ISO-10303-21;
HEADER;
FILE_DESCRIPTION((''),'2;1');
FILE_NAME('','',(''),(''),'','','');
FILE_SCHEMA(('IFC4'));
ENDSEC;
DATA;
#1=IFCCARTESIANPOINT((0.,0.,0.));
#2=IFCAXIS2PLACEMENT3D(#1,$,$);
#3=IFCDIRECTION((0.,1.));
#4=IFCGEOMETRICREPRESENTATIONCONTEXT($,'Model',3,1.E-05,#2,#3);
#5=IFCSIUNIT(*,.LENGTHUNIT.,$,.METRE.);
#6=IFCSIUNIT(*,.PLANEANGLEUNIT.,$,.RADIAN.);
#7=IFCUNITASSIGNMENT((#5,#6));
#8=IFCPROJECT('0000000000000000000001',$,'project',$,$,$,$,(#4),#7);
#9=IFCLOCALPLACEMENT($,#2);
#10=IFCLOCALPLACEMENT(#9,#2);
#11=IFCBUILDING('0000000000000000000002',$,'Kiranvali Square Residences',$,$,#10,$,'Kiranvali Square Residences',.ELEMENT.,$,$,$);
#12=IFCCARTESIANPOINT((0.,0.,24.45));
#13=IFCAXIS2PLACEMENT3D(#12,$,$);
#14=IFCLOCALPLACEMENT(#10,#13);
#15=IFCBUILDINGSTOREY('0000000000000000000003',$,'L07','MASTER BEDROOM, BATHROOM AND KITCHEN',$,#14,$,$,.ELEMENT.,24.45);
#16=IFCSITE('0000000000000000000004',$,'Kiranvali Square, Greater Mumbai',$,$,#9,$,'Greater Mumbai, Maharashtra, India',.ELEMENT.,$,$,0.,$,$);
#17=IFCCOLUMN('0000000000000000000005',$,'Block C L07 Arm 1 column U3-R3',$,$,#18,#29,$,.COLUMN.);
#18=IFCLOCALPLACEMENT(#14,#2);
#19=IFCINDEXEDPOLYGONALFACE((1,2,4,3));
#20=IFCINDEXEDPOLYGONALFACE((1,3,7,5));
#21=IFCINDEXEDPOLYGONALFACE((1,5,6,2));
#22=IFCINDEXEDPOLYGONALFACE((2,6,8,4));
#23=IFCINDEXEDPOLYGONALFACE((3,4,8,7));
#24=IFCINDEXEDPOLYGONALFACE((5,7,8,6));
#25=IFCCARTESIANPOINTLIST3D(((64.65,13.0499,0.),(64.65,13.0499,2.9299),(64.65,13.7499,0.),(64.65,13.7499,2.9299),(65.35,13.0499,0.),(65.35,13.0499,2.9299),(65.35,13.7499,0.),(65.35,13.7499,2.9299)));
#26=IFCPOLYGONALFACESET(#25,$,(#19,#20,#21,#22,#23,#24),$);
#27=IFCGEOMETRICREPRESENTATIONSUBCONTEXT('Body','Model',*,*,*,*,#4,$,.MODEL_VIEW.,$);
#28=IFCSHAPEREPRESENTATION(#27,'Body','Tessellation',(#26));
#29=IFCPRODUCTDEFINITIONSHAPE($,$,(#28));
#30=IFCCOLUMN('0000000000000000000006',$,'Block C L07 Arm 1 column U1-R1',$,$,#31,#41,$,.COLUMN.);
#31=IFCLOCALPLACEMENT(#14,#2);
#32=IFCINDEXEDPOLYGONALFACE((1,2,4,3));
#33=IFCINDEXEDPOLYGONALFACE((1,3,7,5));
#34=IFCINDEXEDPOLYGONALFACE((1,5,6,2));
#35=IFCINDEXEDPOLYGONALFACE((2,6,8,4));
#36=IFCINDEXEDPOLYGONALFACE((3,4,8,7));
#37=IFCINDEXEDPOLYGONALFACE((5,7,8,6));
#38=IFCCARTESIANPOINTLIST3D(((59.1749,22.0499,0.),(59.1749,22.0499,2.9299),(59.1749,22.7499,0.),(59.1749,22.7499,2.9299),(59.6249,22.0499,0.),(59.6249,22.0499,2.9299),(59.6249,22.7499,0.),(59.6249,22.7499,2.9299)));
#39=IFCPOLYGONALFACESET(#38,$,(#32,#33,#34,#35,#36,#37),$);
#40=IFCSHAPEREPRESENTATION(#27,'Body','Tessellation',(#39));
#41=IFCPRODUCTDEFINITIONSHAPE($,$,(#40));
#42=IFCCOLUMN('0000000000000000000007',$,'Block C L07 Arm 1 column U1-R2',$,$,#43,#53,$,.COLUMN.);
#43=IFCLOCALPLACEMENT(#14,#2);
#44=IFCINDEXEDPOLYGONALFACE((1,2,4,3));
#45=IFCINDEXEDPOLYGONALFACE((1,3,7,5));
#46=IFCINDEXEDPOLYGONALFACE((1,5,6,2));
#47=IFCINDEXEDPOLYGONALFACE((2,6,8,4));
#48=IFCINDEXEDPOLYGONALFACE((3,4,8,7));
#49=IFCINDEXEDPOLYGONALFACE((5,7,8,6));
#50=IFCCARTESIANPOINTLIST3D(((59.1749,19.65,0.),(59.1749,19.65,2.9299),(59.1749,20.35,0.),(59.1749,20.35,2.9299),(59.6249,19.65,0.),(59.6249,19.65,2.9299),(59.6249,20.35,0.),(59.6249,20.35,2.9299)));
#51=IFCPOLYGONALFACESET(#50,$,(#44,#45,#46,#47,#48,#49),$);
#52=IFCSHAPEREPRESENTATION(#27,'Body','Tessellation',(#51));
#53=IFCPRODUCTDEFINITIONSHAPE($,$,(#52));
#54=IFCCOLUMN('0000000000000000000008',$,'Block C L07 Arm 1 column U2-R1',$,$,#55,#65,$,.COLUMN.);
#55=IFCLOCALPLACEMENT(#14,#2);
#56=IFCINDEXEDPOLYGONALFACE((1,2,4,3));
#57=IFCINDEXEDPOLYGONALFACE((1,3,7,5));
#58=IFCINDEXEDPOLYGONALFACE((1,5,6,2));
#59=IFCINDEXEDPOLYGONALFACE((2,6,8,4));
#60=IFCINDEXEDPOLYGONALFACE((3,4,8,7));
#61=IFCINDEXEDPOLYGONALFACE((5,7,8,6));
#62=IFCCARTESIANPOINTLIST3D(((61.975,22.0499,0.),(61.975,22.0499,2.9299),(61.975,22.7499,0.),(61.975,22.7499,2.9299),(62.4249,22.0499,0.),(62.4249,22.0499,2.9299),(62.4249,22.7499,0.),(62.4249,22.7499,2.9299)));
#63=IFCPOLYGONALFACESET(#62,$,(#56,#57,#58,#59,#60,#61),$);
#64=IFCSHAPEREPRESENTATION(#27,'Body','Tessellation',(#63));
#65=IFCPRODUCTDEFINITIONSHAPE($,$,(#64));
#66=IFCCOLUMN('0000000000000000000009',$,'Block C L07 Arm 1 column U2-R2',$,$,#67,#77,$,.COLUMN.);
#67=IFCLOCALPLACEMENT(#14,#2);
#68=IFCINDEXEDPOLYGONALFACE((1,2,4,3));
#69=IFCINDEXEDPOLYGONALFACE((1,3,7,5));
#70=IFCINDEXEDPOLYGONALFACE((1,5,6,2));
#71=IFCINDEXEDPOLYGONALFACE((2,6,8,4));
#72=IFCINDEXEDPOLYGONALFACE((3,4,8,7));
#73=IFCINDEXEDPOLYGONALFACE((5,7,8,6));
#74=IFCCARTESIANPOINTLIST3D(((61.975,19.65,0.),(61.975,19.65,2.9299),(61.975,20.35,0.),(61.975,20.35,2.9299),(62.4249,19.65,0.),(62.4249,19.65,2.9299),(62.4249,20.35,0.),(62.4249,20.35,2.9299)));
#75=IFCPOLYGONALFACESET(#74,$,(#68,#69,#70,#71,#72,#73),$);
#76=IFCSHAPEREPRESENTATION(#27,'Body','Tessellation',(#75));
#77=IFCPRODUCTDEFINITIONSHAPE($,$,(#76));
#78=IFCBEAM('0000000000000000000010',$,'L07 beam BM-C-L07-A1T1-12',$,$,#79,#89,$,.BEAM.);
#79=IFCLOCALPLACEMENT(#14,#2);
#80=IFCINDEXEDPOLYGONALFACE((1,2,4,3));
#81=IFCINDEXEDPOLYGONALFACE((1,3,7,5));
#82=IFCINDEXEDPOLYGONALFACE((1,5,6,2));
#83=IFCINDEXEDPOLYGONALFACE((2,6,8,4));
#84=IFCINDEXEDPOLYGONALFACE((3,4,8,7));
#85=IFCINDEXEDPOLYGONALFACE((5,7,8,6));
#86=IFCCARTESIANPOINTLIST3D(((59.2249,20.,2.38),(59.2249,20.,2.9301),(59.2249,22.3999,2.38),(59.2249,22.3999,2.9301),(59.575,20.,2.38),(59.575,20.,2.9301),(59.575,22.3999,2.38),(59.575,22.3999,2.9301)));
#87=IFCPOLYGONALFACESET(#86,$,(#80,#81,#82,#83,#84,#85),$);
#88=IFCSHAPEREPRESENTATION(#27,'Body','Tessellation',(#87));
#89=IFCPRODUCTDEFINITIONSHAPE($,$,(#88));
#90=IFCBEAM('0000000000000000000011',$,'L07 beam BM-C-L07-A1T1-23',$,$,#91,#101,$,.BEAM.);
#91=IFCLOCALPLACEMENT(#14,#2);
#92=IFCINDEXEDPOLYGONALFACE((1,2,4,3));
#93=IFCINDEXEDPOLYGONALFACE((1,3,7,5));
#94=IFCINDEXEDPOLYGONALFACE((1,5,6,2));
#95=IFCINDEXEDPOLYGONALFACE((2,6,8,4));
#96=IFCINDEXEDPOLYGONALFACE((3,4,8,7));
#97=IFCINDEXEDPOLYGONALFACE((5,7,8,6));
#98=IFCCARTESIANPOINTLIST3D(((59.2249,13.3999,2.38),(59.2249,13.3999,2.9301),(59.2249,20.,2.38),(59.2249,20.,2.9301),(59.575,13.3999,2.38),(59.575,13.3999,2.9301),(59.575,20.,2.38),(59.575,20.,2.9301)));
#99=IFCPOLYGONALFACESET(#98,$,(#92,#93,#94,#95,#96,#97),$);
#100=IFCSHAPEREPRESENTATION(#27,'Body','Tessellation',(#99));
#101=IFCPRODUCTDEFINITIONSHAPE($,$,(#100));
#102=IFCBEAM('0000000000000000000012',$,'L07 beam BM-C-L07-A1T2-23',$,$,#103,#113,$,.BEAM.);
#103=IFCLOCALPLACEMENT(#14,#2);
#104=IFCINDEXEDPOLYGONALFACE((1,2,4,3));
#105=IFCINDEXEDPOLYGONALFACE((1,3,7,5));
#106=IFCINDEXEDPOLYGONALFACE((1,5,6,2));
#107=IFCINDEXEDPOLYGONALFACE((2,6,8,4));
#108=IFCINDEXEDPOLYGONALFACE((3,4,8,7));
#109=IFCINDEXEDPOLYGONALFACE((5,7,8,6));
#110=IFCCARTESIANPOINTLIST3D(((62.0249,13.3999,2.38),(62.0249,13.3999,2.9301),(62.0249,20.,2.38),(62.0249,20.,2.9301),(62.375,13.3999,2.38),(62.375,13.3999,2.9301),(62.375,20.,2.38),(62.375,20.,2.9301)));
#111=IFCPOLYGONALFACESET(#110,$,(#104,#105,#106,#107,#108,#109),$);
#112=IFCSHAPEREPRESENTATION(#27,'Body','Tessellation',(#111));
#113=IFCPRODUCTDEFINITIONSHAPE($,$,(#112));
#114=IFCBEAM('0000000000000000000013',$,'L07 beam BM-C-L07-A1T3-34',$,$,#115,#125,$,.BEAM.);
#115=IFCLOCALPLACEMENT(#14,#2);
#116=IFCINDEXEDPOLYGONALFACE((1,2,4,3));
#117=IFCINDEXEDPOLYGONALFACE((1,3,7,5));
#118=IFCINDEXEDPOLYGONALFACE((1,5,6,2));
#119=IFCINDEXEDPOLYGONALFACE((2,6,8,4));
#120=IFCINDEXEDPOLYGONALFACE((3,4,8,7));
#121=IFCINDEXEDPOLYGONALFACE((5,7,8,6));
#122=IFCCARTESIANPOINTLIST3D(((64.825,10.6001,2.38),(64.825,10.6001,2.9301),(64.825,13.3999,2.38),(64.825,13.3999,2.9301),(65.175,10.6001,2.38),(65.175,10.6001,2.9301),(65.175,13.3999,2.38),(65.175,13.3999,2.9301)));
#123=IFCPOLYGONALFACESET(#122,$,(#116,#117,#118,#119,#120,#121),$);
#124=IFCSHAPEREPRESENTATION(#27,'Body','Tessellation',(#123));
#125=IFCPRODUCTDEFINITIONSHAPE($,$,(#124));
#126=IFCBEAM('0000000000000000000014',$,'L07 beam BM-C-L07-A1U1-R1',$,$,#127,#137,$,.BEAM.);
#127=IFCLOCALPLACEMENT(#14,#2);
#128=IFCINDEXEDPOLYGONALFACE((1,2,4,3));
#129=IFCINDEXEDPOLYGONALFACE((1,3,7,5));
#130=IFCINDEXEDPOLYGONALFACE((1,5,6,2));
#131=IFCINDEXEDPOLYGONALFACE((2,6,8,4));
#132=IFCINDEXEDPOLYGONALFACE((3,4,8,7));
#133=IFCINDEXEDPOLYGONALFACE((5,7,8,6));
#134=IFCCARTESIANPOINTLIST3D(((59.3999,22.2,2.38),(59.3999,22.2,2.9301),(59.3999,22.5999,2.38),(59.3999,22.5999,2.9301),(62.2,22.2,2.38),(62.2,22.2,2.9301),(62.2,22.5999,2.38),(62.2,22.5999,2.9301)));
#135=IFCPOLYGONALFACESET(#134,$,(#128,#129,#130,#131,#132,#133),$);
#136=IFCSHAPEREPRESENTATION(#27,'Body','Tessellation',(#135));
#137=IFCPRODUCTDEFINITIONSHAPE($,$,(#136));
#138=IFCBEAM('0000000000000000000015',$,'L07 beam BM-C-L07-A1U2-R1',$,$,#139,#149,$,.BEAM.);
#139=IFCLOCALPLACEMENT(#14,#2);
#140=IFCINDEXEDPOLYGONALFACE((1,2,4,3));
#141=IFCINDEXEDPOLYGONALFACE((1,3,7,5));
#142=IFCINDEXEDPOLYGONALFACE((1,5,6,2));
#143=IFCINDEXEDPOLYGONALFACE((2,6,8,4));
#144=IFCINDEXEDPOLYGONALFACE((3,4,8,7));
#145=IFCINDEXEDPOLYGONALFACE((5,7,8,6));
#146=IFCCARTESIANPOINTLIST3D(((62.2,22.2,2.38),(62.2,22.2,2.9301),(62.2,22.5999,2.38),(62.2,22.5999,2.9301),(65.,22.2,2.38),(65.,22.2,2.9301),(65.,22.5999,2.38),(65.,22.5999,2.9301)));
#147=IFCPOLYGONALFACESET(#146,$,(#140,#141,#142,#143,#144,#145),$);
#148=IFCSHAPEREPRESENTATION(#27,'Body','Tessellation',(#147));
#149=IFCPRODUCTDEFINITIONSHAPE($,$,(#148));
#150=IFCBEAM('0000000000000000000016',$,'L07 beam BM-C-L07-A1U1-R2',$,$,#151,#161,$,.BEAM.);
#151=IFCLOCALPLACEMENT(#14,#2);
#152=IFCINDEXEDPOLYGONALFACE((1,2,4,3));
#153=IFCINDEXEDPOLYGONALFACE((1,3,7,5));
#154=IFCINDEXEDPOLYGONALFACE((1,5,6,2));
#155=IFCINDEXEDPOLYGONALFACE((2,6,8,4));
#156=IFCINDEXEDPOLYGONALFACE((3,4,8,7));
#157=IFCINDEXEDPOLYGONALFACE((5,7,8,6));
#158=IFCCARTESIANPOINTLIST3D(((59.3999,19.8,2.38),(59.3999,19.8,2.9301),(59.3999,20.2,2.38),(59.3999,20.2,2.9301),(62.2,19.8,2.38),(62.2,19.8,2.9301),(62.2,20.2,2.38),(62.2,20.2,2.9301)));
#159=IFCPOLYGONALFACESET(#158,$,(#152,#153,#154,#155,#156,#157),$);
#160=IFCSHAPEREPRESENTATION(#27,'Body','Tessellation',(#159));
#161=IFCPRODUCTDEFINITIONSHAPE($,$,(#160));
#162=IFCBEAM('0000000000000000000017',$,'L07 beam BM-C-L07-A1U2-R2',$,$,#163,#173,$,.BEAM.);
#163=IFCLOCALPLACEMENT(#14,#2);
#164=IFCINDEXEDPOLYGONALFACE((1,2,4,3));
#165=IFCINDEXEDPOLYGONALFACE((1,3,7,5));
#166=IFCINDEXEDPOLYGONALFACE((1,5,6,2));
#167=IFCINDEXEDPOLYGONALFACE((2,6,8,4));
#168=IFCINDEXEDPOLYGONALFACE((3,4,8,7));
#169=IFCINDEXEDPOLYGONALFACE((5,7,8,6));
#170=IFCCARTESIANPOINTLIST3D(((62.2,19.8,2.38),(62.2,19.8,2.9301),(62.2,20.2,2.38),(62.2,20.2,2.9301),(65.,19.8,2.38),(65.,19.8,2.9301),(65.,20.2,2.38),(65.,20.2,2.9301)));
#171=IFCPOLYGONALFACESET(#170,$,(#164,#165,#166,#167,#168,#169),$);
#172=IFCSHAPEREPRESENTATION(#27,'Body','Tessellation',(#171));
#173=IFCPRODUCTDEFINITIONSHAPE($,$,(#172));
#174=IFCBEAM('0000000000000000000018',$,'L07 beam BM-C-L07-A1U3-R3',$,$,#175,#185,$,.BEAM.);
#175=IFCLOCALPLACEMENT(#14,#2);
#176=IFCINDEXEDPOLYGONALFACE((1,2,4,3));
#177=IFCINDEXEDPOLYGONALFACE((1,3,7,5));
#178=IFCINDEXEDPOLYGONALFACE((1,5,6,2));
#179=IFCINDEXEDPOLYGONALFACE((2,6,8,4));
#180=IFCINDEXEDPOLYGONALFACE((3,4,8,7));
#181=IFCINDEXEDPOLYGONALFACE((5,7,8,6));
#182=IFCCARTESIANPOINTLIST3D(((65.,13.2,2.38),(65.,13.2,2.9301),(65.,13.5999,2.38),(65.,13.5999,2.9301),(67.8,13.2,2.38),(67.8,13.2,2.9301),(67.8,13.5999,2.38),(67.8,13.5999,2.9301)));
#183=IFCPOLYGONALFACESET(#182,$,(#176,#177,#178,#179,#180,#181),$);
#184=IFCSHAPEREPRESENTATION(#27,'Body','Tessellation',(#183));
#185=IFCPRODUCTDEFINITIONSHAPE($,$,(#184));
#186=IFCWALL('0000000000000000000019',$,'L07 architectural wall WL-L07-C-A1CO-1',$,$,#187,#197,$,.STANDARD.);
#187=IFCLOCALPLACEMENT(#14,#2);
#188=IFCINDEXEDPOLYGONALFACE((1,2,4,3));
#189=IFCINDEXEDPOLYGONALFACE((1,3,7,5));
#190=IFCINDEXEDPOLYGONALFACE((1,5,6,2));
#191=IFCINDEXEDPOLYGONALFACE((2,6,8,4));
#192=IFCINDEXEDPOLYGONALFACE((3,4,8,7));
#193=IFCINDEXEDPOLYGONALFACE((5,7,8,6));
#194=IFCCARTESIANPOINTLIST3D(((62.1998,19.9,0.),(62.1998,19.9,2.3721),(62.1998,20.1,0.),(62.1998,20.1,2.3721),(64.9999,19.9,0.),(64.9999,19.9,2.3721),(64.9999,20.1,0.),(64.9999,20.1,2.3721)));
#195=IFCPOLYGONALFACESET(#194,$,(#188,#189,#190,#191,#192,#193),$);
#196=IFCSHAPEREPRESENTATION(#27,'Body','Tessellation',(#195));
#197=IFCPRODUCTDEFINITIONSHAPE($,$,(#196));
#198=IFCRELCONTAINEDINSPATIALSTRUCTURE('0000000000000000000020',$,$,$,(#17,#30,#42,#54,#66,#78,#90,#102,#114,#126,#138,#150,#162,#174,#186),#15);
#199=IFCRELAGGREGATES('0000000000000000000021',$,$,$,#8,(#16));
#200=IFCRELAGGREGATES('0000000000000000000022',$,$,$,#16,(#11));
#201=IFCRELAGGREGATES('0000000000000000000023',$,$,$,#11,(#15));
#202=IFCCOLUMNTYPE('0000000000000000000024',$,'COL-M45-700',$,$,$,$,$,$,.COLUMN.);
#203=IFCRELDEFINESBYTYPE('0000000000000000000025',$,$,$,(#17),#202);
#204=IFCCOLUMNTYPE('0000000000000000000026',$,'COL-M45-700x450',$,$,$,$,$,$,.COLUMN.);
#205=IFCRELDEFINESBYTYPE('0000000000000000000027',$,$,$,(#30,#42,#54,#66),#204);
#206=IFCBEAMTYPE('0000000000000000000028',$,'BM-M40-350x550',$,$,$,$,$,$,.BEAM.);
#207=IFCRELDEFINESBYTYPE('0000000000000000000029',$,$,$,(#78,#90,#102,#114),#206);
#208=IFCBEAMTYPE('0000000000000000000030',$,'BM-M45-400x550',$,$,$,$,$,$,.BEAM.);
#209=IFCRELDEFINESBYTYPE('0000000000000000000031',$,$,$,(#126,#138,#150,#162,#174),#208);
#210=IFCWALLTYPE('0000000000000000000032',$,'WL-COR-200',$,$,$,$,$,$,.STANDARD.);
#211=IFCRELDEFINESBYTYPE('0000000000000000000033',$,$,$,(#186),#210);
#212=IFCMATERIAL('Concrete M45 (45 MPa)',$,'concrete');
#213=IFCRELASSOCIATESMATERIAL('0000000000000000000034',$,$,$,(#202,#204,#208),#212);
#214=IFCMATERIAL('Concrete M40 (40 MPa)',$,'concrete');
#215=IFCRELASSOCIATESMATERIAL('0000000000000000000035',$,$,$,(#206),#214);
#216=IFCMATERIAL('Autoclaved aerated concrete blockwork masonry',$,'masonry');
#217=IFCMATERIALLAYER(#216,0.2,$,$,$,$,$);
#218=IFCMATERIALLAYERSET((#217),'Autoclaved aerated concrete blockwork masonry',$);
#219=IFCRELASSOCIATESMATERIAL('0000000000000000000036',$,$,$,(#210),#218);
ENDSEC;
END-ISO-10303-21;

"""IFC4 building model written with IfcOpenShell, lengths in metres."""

from ifc_helpers import new_model, si_unit, direction, frame, frame_2d, origin, origin_2d, place, context, subcontext, project, spatial, rectangle, extrude, material, layer, layer_set, material_profile, profile_set, type_object, element, save


model = new_model("IFC4")

# Units and contexts
model_context = context("Model", 3, precision=1e-05, world=origin(), true_north=direction((0.0, 1.0)))
body_context = subcontext(model_context, "Body", "Model", "MODEL_VIEW")
ifc_project = project(units=[si_unit("LENGTHUNIT", "METRE"), si_unit("PLANEANGLEUNIT", "RADIAN")], contexts=[model_context])

# Site, building, storey
site_placement = place(None, origin())
site = spatial("IfcSite", under=ifc_project, at=site_placement, Name="Kiranvali Square, Greater Mumbai", LongName="Greater Mumbai, Maharashtra, India", CompositionType="ELEMENT", RefElevation=0.0)
building_placement = place(site_placement, origin())
building = spatial("IfcBuilding", under=site, at=building_placement, Name="Kiranvali Square Residences", LongName="Kiranvali Square Residences", CompositionType="ELEMENT")
storey_placement = place(building_placement, frame((0.0, 0.0, 24.45)))
storey = spatial("IfcBuildingStorey", under=building, at=storey_placement, Name="L07", Description="MASTER BEDROOM, BATHROOM AND KITCHEN", CompositionType="ELEMENT", Elevation=24.45)

# Columns
ifc_material_1 = material(Name="Concrete M45 (45 MPa)", Category="concrete")
ifc_material_profile_1 = material_profile(ifc_material_1, rectangle(XDim=0.7, YDim=0.7, at=origin_2d()), Name="RC 700x700")
ifc_profile_set_1 = profile_set([ifc_material_profile_1], Name="Concrete M45 (45 MPa)")
column_type_1 = type_object("IfcColumnType", Name="COL-M45-700", PredefinedType="COLUMN", material=ifc_profile_set_1)
column_placement = place(storey_placement, frame((65.0, 13.3999, 0.0), z_axis=(0.0, 0.0, 1.0), x_axis=(1.0, 0.0, 0.0)))
element("IfcColumn", 1, at=column_placement, inside=storey, type_object=column_type_1, Name="Block C L07 Arm 1 column U3-R3", PredefinedType="COLUMN", context=body_context, shape_type="SweptSolid", body=[
    extrude(rectangle(XDim=0.7, YDim=0.7, at=origin_2d()), origin(), (0.0, 0.0, 1.0), 2.9299),
])
ifc_material_profile_2 = material_profile(ifc_material_1, rectangle(XDim=0.45, YDim=0.7, at=origin_2d()), Name="RC 700x450")
ifc_profile_set_2 = profile_set([ifc_material_profile_2], Name="Concrete M45 (45 MPa)")
column_type_2 = type_object("IfcColumnType", Name="COL-M45-700x450", PredefinedType="COLUMN", material=ifc_profile_set_2)
for number, where, z_axis, x_axis, name in (
    (2, (59.3999, 22.3999, 0.0), (0.0, 0.0, 1.0), (1.0, 0.0, 0.0), "Block C L07 Arm 1 column U1-R1"),
    (3, (59.3999, 20.0, 0.0), (0.0, 0.0, 1.0), (1.0, 0.0, 0.0), "Block C L07 Arm 1 column U1-R2"),
    (4, (62.2, 22.3999, 0.0), (0.0, 0.0, 1.0), (1.0, 0.0, 0.0), "Block C L07 Arm 1 column U2-R1"),
    (5, (62.2, 20.0, 0.0), (0.0, 0.0, 1.0), (1.0, 0.0, 0.0), "Block C L07 Arm 1 column U2-R2"),
):
    element("IfcColumn", number, at=place(storey_placement, frame(where, z_axis=z_axis, x_axis=x_axis)), inside=storey, type_object=column_type_2, Name=name, PredefinedType="COLUMN", context=body_context, shape_type="SweptSolid", body=[
        extrude(rectangle(XDim=0.45, YDim=0.7, at=origin_2d()), origin(), (0.0, 0.0, 1.0), 2.9299),
    ])

# Beams
ifc_material_2 = material(Name="Concrete M40 (40 MPa)", Category="concrete")
ifc_material_profile_3 = material_profile(ifc_material_2, rectangle(XDim=0.3501, YDim=0.55, at=origin_2d()), Name="RC 350x550")
ifc_profile_set_3 = profile_set([ifc_material_profile_3], Name="Concrete M40 (40 MPa)")
beam_type_1 = type_object("IfcBeamType", Name="BM-M40-350x550", PredefinedType="BEAM", material=ifc_profile_set_3)
beam_1_placement = place(storey_placement, frame((59.3999, 22.3999, 2.655), z_axis=(0.0, -1.0, 0.0), x_axis=(1.0, 0.0, 0.0)))
element("IfcBeam", 6, at=beam_1_placement, inside=storey, type_object=beam_type_1, Name="L07 beam BM-C-L07-A1T1-12", PredefinedType="BEAM", context=body_context, shape_type="SweptSolid", body=[
    extrude(rectangle(XDim=0.3501, YDim=0.55, at=origin_2d()), origin(), (0.0, 0.0, 1.0), 2.3999),
])
for number, where, z_axis, x_axis, name in (
    (7, (59.3999, 20.0, 2.655), (0.0, -1.0, 0.0), (1.0, 0.0, 0.0), "L07 beam BM-C-L07-A1T1-23"),
    (8, (62.2, 20.0, 2.655), (0.0, -1.0, 0.0), (1.0, 0.0, 0.0), "L07 beam BM-C-L07-A1T2-23"),
):
    element("IfcBeam", number, at=place(storey_placement, frame(where, z_axis=z_axis, x_axis=x_axis)), inside=storey, type_object=beam_type_1, Name=name, PredefinedType="BEAM", context=body_context, shape_type="SweptSolid", body=[
        extrude(rectangle(XDim=0.3501, YDim=0.55, at=origin_2d()), origin(), (0.0, 0.0, 1.0), 6.6001),
    ])
beam_2_placement = place(storey_placement, frame((65.0, 13.3999, 2.655), z_axis=(0.0, -1.0, 0.0), x_axis=(1.0, 0.0, 0.0)))
element("IfcBeam", 9, at=beam_2_placement, inside=storey, type_object=beam_type_1, Name="L07 beam BM-C-L07-A1T3-34", PredefinedType="BEAM", context=body_context, shape_type="SweptSolid", body=[
    extrude(rectangle(XDim=0.3501, YDim=0.55, at=origin_2d()), origin(), (0.0, 0.0, 1.0), 2.7998),
])
ifc_material_profile_4 = material_profile(ifc_material_1, rectangle(XDim=0.3999, YDim=0.55, at=origin_2d()), Name="RC 400x550")
ifc_profile_set_4 = profile_set([ifc_material_profile_4], Name="Concrete M45 (45 MPa)")
beam_type_2 = type_object("IfcBeamType", Name="BM-M45-400x550", PredefinedType="BEAM", material=ifc_profile_set_4)
for number, where, z_axis, x_axis, name in (
    (10, (59.3999, 22.3999, 2.655), (1.0, 0.0, 0.0), (0.0, 1.0, 0.0), "L07 beam BM-C-L07-A1U1-R1"),
    (11, (62.2, 22.3999, 2.655), (1.0, 0.0, 0.0), (0.0, 1.0, 0.0), "L07 beam BM-C-L07-A1U2-R1"),
    (12, (59.3999, 20.0, 2.655), (1.0, 0.0, 0.0), (0.0, 1.0, 0.0), "L07 beam BM-C-L07-A1U1-R2"),
    (13, (62.2, 20.0, 2.655), (1.0, 0.0, 0.0), (0.0, 1.0, 0.0), "L07 beam BM-C-L07-A1U2-R2"),
    (14, (65.0, 13.3999, 2.655), (1.0, 0.0, 0.0), (0.0, 1.0, 0.0), "L07 beam BM-C-L07-A1U3-R3"),
):
    element("IfcBeam", number, at=place(storey_placement, frame(where, z_axis=z_axis, x_axis=x_axis)), inside=storey, type_object=beam_type_2, Name=name, PredefinedType="BEAM", context=body_context, shape_type="SweptSolid", body=[
        extrude(rectangle(XDim=0.3999, YDim=0.55, at=origin_2d()), origin(), (0.0, 0.0, 1.0), 2.8),
    ])

# Shared definitions
ifc_material_3 = material(Name="Autoclaved aerated concrete blockwork masonry", Category="masonry")
ifc_layer_1 = layer(ifc_material_3, 0.2)
ifc_layer_set_1 = layer_set([ifc_layer_1], Name="Autoclaved aerated concrete blockwork masonry")
wall_type_1 = type_object("IfcWallType", Name="WL-COR-200", PredefinedType="STANDARD", material=ifc_layer_set_1)

# Wall
wall_1_placement = place(storey_placement, frame((62.2, 20.0, 0.0), z_axis=(0.0, 0.0, 1.0), x_axis=(1.0, 0.0, 0.0)))
element("IfcWall", 15, at=wall_1_placement, inside=storey, type_object=wall_type_1, Name="L07 architectural wall WL-L07-C-A1CO-1", PredefinedType="STANDARD", context=body_context, shape_type="SweptSolid", body=[
    extrude(rectangle(XDim=2.8, YDim=0.2, at=frame_2d((1.3999, 0.0))), origin(), (0.0, 0.0, 1.0), 2.3721),
])

save(model, "model.ifc")
